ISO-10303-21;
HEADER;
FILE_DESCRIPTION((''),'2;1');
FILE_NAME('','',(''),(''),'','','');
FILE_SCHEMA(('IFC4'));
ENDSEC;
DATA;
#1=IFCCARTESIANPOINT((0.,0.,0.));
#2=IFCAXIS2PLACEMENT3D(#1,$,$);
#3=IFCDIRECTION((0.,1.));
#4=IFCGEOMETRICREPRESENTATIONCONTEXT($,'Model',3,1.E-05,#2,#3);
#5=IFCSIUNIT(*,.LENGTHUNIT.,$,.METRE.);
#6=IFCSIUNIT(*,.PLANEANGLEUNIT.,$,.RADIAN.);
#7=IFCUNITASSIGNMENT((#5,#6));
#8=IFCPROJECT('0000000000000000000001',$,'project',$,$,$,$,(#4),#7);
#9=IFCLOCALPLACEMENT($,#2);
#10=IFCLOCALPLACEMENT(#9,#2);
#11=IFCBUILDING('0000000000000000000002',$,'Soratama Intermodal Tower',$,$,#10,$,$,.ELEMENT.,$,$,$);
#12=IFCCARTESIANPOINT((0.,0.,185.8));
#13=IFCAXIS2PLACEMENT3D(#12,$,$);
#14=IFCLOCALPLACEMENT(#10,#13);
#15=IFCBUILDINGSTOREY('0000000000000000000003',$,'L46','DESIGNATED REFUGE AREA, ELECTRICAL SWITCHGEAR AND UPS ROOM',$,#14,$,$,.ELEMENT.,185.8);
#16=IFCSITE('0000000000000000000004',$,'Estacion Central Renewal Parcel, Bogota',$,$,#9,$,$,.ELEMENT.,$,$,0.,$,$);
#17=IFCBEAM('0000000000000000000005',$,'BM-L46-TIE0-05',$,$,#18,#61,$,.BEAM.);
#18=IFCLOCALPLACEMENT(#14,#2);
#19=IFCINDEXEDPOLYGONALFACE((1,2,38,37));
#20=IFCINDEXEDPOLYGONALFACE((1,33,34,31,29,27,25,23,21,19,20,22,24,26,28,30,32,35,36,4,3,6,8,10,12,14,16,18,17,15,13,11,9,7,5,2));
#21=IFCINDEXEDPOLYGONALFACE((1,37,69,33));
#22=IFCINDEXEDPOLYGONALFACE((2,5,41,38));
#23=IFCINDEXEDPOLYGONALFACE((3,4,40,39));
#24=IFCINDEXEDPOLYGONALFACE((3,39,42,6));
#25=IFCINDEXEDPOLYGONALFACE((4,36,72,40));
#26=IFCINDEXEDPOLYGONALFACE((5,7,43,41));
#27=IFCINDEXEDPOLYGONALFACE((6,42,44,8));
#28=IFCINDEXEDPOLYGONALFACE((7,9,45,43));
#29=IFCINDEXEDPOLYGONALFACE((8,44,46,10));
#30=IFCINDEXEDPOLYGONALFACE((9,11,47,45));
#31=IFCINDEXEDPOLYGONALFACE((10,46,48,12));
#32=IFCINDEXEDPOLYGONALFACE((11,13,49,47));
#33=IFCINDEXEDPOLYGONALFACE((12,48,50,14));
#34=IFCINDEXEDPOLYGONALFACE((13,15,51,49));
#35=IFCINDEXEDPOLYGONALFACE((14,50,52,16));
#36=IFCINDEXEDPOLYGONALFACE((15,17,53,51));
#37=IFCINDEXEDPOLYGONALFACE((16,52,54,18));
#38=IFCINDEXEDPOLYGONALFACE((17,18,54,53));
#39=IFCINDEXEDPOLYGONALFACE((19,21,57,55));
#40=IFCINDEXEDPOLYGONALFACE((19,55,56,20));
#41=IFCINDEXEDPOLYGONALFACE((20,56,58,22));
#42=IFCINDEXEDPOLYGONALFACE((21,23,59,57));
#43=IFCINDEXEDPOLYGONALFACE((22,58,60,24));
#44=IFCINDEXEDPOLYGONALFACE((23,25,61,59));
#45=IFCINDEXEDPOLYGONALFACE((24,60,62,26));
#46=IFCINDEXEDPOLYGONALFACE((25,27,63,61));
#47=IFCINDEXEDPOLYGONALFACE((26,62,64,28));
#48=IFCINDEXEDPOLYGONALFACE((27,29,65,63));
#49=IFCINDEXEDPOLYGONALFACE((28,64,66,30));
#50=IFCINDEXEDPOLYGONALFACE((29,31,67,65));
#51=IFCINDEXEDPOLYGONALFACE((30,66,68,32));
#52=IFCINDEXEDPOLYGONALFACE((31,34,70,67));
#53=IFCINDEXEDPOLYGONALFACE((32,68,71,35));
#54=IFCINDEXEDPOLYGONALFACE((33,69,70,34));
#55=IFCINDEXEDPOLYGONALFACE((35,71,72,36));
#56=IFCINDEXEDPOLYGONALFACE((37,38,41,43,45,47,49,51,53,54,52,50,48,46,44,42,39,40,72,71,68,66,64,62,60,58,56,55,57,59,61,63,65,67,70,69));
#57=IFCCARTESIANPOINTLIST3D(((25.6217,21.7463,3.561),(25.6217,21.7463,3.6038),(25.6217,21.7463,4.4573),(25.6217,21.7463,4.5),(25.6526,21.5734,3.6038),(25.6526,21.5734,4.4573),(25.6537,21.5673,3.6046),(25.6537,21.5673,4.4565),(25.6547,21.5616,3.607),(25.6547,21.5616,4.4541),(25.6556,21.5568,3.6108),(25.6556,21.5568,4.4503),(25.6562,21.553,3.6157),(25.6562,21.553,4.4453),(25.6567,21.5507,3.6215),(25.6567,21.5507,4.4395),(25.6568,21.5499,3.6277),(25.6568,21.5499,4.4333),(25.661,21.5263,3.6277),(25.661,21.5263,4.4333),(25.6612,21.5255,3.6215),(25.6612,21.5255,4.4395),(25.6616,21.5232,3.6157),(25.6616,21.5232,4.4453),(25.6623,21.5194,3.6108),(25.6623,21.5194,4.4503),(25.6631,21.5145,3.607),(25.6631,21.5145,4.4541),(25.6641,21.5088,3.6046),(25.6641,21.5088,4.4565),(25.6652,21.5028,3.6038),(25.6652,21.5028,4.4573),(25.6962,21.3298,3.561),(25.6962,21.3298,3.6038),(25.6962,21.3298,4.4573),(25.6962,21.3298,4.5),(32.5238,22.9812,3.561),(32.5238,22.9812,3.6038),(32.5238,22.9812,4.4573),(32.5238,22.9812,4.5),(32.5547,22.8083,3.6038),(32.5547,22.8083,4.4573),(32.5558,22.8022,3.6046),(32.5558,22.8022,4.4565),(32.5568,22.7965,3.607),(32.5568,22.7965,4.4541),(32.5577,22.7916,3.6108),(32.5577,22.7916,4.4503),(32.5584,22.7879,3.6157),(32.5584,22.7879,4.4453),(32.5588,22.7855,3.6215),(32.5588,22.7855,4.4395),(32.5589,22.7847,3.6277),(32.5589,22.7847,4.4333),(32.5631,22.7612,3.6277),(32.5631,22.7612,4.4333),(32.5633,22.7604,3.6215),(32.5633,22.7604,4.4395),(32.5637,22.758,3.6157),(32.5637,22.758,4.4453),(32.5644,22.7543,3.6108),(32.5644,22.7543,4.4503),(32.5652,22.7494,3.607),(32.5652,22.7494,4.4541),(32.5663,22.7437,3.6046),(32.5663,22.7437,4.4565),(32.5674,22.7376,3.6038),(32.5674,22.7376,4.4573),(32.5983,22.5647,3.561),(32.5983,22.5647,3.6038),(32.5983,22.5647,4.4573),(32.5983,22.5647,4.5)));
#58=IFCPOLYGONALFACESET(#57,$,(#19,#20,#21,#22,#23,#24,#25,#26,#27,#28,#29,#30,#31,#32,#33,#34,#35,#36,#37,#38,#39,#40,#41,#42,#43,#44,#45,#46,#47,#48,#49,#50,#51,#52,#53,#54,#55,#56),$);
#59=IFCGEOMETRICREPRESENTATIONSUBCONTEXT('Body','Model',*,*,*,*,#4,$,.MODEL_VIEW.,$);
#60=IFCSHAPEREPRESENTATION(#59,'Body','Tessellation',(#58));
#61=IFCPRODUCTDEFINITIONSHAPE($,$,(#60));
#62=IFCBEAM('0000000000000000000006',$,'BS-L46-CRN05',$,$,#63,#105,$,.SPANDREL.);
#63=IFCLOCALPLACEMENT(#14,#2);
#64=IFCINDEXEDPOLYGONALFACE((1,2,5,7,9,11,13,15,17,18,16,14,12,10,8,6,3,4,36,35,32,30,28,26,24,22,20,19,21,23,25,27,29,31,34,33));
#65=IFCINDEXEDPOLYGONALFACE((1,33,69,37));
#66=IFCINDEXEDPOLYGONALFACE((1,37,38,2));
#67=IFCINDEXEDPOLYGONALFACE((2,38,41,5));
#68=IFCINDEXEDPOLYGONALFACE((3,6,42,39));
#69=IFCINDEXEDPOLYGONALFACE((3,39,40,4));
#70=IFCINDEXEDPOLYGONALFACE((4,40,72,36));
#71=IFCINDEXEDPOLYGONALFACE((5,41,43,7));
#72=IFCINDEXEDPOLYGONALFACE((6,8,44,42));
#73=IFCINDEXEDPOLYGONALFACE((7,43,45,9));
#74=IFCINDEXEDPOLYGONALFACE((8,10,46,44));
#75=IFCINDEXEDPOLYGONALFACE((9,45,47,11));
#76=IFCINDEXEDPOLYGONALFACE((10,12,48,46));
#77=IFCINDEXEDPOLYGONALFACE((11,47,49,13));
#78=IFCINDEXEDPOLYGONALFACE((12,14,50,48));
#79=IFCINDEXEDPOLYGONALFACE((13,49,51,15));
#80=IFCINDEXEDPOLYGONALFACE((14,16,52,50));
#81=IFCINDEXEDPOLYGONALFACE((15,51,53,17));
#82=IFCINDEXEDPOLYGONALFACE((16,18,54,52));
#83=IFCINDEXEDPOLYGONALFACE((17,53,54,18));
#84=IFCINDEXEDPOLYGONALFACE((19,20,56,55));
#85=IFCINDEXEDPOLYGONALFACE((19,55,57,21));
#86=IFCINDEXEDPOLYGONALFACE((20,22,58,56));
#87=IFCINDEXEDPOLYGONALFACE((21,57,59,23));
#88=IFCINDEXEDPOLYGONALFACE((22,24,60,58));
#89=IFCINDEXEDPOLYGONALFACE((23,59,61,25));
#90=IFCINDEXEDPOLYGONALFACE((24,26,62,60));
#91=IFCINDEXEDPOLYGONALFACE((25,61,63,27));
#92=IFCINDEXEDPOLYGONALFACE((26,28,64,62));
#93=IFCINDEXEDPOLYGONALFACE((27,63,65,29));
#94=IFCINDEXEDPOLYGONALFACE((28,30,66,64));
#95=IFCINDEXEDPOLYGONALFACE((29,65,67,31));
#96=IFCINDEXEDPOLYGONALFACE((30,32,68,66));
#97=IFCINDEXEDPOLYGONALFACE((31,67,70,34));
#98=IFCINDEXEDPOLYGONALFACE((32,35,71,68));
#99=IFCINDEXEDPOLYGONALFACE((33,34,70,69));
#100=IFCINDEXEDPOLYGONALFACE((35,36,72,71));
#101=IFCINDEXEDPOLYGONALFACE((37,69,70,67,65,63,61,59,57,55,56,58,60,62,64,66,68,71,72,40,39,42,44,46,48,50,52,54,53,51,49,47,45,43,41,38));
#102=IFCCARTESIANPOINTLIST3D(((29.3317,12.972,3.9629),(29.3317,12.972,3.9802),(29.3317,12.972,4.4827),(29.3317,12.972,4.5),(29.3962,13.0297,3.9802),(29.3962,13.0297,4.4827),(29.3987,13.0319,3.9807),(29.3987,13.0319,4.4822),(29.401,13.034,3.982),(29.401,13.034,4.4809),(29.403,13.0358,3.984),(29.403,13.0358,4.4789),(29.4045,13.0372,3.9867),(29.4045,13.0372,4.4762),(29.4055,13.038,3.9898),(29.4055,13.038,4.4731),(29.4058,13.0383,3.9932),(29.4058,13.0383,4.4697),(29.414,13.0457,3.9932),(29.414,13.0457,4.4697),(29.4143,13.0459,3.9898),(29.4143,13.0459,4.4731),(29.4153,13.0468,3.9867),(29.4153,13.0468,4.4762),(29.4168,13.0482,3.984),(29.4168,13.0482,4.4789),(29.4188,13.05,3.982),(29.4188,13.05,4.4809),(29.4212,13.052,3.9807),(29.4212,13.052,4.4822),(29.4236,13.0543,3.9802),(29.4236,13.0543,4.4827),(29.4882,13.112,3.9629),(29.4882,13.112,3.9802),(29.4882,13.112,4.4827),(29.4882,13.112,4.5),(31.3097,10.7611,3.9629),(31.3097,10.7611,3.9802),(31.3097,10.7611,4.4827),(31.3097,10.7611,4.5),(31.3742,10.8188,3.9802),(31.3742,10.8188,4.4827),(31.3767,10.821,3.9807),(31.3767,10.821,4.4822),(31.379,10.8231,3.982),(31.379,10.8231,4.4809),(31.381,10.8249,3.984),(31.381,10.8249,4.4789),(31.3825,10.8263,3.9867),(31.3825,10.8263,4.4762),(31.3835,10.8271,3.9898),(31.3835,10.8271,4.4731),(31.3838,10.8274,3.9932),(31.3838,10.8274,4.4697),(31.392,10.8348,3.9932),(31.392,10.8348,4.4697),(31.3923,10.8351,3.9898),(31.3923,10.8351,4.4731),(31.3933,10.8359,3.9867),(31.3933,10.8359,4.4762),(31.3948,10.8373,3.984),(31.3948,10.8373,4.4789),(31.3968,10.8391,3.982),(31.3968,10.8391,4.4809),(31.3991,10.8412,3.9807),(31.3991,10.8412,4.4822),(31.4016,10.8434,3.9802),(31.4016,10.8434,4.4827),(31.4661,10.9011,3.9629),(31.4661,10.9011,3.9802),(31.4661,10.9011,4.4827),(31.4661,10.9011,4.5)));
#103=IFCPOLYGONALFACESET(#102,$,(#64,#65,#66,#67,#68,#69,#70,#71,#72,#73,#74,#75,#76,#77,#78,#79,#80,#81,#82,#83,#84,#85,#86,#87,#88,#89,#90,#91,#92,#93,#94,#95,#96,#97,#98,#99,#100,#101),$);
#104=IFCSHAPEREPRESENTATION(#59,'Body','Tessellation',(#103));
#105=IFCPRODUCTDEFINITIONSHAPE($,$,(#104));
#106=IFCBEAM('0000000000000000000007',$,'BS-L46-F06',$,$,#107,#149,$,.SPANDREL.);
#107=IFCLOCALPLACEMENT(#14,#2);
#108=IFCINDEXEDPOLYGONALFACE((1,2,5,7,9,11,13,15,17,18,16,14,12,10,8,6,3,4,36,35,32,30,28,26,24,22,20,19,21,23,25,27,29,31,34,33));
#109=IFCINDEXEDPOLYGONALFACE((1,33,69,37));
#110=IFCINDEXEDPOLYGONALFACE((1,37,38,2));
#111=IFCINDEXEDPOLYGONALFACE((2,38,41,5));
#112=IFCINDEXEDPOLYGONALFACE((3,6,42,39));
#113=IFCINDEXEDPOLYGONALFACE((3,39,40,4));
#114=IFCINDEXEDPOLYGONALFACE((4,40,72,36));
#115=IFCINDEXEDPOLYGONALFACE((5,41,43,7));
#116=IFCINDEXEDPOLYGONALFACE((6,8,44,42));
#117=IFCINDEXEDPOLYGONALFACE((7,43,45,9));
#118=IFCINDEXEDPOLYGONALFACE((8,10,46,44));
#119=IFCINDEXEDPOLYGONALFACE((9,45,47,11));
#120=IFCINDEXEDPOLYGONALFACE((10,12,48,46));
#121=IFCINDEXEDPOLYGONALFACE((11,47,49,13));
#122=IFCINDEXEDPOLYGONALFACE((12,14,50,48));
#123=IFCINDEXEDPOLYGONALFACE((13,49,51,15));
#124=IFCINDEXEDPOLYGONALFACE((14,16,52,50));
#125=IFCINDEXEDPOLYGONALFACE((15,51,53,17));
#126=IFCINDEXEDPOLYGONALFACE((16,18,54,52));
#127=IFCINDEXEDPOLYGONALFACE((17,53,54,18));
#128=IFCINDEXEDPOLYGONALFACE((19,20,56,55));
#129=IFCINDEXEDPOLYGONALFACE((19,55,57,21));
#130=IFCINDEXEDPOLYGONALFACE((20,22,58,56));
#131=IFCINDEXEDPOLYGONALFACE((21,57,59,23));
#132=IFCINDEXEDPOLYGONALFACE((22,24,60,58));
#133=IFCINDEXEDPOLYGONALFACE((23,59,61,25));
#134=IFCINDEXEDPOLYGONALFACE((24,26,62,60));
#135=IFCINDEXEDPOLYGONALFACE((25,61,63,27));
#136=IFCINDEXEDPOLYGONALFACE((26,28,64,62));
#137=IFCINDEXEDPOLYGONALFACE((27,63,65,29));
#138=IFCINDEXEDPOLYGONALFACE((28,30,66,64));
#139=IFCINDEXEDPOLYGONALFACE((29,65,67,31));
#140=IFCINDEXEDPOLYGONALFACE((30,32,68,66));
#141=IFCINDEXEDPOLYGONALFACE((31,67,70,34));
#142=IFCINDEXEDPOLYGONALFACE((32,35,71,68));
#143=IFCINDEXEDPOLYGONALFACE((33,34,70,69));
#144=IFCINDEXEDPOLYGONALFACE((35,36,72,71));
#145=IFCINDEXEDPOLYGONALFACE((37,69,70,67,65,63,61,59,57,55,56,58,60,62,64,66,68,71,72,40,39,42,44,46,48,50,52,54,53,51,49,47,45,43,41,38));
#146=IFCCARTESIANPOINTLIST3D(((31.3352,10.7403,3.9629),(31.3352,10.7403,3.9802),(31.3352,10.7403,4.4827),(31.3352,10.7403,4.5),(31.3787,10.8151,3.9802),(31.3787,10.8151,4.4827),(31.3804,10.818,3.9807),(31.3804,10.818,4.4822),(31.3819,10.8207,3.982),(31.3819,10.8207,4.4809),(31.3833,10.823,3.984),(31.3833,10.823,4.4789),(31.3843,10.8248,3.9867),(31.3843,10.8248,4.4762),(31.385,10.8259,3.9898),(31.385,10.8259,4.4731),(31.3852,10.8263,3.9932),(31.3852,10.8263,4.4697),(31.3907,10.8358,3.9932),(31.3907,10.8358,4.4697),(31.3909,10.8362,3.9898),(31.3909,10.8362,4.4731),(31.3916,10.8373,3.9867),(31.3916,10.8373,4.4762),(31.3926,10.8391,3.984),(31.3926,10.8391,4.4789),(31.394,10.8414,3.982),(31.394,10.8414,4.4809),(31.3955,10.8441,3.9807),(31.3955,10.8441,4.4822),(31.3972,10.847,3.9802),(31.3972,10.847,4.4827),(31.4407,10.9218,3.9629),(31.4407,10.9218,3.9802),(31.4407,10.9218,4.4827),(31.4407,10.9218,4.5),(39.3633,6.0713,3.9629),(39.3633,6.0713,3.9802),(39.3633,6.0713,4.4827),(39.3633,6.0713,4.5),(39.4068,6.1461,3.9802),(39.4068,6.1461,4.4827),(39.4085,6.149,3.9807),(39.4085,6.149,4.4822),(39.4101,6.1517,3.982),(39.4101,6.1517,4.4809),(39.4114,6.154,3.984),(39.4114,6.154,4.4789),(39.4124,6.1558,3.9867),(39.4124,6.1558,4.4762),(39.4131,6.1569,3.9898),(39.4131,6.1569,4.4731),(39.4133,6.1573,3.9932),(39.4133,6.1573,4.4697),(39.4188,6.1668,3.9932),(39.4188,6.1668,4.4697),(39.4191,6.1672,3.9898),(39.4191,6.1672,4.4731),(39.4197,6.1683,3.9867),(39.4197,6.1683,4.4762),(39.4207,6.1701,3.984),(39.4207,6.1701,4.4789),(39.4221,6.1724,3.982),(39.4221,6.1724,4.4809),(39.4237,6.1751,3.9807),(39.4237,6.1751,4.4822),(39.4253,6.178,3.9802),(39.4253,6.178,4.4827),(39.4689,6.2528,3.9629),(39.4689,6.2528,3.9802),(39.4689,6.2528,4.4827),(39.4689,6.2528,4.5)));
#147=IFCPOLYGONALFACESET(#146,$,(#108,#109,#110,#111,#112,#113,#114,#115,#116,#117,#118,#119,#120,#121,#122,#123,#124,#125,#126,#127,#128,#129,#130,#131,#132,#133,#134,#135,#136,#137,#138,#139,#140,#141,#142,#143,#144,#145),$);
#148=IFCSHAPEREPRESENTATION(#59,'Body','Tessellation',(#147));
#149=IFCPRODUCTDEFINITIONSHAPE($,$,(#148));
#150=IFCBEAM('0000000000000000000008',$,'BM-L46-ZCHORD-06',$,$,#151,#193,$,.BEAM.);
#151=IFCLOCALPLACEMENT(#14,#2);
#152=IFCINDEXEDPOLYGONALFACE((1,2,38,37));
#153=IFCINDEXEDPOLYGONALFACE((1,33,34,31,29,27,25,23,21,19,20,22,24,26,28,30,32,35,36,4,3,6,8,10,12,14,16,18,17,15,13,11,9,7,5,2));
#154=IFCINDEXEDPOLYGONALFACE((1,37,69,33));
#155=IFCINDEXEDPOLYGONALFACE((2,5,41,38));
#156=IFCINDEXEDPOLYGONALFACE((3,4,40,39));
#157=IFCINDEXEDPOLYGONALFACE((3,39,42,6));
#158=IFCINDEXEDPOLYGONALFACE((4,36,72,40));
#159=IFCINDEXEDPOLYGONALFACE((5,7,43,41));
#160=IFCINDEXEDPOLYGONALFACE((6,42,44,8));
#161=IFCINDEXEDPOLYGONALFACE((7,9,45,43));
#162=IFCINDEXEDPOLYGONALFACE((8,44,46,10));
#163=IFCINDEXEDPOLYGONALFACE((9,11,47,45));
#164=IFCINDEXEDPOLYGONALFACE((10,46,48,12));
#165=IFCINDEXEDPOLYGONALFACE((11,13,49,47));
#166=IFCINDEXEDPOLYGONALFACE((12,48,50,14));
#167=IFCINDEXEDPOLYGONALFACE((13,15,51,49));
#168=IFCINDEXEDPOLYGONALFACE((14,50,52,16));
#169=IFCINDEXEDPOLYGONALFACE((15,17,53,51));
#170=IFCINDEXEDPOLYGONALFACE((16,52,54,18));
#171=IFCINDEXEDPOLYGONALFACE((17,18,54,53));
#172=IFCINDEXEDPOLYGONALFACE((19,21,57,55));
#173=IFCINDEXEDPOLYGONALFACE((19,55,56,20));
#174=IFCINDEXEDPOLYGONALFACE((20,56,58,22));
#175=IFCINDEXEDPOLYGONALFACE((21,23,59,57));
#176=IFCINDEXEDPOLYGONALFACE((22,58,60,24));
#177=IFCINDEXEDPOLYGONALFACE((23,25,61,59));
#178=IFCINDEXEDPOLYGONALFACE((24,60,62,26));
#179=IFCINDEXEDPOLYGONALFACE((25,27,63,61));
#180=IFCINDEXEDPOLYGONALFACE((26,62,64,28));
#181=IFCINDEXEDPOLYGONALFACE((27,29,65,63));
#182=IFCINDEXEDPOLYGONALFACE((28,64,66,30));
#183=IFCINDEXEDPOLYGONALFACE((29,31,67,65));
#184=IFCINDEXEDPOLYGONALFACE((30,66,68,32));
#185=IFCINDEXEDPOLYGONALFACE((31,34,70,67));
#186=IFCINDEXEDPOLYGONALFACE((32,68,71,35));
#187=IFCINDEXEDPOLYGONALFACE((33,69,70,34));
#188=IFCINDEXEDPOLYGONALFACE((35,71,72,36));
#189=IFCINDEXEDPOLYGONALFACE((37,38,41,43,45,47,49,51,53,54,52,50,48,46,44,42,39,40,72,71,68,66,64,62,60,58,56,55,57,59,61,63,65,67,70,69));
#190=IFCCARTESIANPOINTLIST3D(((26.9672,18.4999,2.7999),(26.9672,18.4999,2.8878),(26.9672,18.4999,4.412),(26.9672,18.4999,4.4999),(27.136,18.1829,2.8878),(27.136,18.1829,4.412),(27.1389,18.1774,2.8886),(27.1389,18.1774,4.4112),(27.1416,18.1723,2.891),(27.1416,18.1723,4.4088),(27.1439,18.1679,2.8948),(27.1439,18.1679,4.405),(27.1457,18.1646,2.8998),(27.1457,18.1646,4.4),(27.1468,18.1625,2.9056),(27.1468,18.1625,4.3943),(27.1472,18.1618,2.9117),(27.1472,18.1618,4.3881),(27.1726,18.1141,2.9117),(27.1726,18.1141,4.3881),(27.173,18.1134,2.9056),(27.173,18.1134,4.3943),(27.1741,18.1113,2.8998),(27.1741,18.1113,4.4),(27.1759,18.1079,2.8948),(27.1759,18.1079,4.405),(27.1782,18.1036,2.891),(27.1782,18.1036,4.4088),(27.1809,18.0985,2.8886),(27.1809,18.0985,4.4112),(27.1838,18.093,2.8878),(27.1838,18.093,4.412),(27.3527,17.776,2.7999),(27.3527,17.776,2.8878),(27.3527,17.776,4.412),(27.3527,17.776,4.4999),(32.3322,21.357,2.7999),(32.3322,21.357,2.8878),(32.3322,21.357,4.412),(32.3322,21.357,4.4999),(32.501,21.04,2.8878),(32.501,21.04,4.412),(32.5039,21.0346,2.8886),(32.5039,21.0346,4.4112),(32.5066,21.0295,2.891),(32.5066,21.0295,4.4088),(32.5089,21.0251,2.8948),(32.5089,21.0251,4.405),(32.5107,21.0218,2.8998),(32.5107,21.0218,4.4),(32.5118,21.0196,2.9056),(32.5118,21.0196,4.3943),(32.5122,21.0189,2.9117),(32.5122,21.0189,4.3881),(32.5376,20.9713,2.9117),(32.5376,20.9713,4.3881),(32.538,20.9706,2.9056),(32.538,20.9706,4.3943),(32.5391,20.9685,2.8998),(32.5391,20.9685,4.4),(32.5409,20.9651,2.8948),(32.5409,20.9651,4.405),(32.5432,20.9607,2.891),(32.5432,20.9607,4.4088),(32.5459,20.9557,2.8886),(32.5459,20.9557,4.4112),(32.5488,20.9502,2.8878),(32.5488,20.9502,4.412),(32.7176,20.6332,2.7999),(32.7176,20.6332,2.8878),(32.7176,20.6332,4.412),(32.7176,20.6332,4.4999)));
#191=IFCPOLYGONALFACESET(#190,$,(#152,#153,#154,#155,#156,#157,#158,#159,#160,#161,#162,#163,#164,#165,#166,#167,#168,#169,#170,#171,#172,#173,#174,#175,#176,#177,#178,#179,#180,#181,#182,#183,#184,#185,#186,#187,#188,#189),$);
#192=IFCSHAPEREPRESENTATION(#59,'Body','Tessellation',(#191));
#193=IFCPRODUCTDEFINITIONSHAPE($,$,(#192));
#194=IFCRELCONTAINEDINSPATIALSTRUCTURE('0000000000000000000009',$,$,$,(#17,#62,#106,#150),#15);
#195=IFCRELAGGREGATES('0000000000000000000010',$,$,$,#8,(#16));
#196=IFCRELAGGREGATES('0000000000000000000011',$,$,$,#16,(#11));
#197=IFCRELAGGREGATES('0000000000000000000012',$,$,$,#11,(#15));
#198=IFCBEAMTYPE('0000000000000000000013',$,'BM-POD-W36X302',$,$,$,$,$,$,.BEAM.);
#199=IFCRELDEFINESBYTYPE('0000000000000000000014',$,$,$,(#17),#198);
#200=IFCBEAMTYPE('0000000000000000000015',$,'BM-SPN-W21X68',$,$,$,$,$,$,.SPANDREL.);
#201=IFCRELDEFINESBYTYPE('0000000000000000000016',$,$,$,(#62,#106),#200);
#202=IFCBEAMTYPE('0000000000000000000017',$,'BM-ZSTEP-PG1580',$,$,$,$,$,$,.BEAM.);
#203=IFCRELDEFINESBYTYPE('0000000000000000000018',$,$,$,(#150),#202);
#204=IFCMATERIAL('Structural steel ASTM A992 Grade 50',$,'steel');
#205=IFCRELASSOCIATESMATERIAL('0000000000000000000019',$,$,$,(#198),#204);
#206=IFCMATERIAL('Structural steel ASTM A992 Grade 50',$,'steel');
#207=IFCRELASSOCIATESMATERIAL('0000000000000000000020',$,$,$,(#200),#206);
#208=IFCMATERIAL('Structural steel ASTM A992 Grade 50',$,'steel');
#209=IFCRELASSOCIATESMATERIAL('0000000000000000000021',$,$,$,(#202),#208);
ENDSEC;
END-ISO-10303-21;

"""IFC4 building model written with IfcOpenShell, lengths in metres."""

from ifc_helpers import new_model, si_unit, direction, frame, origin, origin_2d, place, context, subcontext, project, spatial, i_section, extrude, material, material_profile, profile_set, type_object, element, save


model = new_model("IFC4")

# Units and contexts
model_context = context("Model", 3, precision=1e-05, world=origin(), true_north=direction((0.0, 1.0)))
body_context = subcontext(model_context, "Body", "Model", "MODEL_VIEW")
ifc_project = project(units=[si_unit("LENGTHUNIT", "METRE"), si_unit("PLANEANGLEUNIT", "RADIAN")], contexts=[model_context])

# Site, building, storey
site_placement = place(None, origin())
site = spatial("IfcSite", under=ifc_project, at=site_placement, Name="Estacion Central Renewal Parcel, Bogota", CompositionType="ELEMENT", RefElevation=0.0)
building_placement = place(site_placement, origin())
building = spatial("IfcBuilding", under=site, at=building_placement, Name="Soratama Intermodal Tower", CompositionType="ELEMENT")
storey_placement = place(building_placement, frame((0.0, 0.0, 185.8)))
storey = spatial("IfcBuildingStorey", under=building, at=storey_placement, Name="L46", Description="DESIGNATED REFUGE AREA, ELECTRICAL SWITCHGEAR AND UPS ROOM", CompositionType="ELEMENT", Elevation=185.8)

# Beams
ifc_material_1 = material(Name="Structural steel ASTM A992 Grade 50", Category="steel")
ifc_material_profile_1 = material_profile(ifc_material_1, i_section(OverallWidth=0.4231, OverallDepth=0.939, WebThickness=0.0239, FlangeThickness=0.0427, FilletRadius=0.0239, at=origin_2d()), Name="W36X302")
ifc_profile_set_1 = profile_set([ifc_material_profile_1], Name="Structural steel ASTM A992 Grade 50")
beam_type_1 = type_object("IfcBeamType", Name="BM-POD-W36X302", PredefinedType="BEAM", material=ifc_profile_set_1)
beam_1_placement = place(storey_placement, frame((32.561, 22.7729, 4.0305), z_axis=(-0.98437, -0.176115, 0.0), x_axis=(0.176115, -0.98437, 0.0)))
element("IfcBeam", 1, at=beam_1_placement, inside=storey, type_object=beam_type_1, Name="BM-L46-TIE0-05", PredefinedType="BEAM", context=body_context, shape_type="SweptSolid", body=[
    extrude(i_section(OverallWidth=0.4231, OverallDepth=0.939, WebThickness=0.0239, FlangeThickness=0.0427, FilletRadius=0.0239, at=origin_2d()), origin(), (0.0, 0.0, 1.0), 7.0117),
])
ifc_material_2 = material(Name="Structural steel ASTM A992 Grade 50", Category="steel")
ifc_material_profile_2 = material_profile(ifc_material_2, i_section(OverallWidth=0.21, OverallDepth=0.5371, WebThickness=0.011, FlangeThickness=0.0173, FilletRadius=0.0129, at=origin_2d()), Name="W21X68")
ifc_profile_set_2 = profile_set([ifc_material_profile_2], Name="Structural steel ASTM A992 Grade 50")
beam_type_2 = type_object("IfcBeamType", Name="BM-SPN-W21X68", PredefinedType="SPANDREL", material=ifc_profile_set_2)
beam_2_placement = place(storey_placement, frame((29.4099, 13.042, 4.2314), z_axis=(0.666761, -0.745271, 0.0), x_axis=(0.745271, 0.666761, 0.0)))
element("IfcBeam", 2, at=beam_2_placement, inside=storey, type_object=beam_type_2, Name="BS-L46-CRN05", PredefinedType="SPANDREL", context=body_context, shape_type="SweptSolid", body=[
    extrude(i_section(OverallWidth=0.21, OverallDepth=0.5371, WebThickness=0.011, FlangeThickness=0.0173, FilletRadius=0.0129, at=origin_2d()), origin(), (0.0, 0.0, 1.0), 2.9666),
])
beam_3_placement = place(storey_placement, frame((31.3879, 10.8311, 4.2314), z_axis=(0.864439, -0.502738, 0.0), x_axis=(0.502738, 0.864439, 0.0)))
element("IfcBeam", 3, at=beam_3_placement, inside=storey, type_object=beam_type_2, Name="BS-L46-F06", PredefinedType="SPANDREL", context=body_context, shape_type="SweptSolid", body=[
    extrude(i_section(OverallWidth=0.21, OverallDepth=0.5371, WebThickness=0.011, FlangeThickness=0.0173, FilletRadius=0.0129, at=origin_2d()), origin(), (0.0, 0.0, 1.0), 9.2871),
])
ifc_material_3 = material(Name="Structural steel ASTM A992 Grade 50", Category="steel")
ifc_material_profile_3 = material_profile(ifc_material_3, i_section(OverallWidth=0.8201, OverallDepth=1.7, WebThickness=0.054, FlangeThickness=0.0879, FilletRadius=0.0239, at=origin_2d()), Name="PG1580X800")
ifc_profile_set_3 = profile_set([ifc_material_profile_3], Name="Structural steel ASTM A992 Grade 50")
beam_type_3 = type_object("IfcBeamType", Name="BM-ZSTEP-PG1580", PredefinedType="BEAM", material=ifc_profile_set_3)
beam_4_placement = place(storey_placement, frame((32.5249, 20.9951, 3.6499), z_axis=(-0.882636, -0.470057, 0.0), x_axis=(0.470057, -0.882636, 0.0)))
element("IfcBeam", 4, at=beam_4_placement, inside=storey, type_object=beam_type_3, Name="BM-L46-ZCHORD-06", PredefinedType="BEAM", context=body_context, shape_type="SweptSolid", body=[
    extrude(i_section(OverallWidth=0.8201, OverallDepth=1.7, WebThickness=0.054, FlangeThickness=0.0879, FilletRadius=0.0239, at=origin_2d()), origin(), (0.0, 0.0, 1.0), 6.0784),
])

save(model, "model.ifc")
